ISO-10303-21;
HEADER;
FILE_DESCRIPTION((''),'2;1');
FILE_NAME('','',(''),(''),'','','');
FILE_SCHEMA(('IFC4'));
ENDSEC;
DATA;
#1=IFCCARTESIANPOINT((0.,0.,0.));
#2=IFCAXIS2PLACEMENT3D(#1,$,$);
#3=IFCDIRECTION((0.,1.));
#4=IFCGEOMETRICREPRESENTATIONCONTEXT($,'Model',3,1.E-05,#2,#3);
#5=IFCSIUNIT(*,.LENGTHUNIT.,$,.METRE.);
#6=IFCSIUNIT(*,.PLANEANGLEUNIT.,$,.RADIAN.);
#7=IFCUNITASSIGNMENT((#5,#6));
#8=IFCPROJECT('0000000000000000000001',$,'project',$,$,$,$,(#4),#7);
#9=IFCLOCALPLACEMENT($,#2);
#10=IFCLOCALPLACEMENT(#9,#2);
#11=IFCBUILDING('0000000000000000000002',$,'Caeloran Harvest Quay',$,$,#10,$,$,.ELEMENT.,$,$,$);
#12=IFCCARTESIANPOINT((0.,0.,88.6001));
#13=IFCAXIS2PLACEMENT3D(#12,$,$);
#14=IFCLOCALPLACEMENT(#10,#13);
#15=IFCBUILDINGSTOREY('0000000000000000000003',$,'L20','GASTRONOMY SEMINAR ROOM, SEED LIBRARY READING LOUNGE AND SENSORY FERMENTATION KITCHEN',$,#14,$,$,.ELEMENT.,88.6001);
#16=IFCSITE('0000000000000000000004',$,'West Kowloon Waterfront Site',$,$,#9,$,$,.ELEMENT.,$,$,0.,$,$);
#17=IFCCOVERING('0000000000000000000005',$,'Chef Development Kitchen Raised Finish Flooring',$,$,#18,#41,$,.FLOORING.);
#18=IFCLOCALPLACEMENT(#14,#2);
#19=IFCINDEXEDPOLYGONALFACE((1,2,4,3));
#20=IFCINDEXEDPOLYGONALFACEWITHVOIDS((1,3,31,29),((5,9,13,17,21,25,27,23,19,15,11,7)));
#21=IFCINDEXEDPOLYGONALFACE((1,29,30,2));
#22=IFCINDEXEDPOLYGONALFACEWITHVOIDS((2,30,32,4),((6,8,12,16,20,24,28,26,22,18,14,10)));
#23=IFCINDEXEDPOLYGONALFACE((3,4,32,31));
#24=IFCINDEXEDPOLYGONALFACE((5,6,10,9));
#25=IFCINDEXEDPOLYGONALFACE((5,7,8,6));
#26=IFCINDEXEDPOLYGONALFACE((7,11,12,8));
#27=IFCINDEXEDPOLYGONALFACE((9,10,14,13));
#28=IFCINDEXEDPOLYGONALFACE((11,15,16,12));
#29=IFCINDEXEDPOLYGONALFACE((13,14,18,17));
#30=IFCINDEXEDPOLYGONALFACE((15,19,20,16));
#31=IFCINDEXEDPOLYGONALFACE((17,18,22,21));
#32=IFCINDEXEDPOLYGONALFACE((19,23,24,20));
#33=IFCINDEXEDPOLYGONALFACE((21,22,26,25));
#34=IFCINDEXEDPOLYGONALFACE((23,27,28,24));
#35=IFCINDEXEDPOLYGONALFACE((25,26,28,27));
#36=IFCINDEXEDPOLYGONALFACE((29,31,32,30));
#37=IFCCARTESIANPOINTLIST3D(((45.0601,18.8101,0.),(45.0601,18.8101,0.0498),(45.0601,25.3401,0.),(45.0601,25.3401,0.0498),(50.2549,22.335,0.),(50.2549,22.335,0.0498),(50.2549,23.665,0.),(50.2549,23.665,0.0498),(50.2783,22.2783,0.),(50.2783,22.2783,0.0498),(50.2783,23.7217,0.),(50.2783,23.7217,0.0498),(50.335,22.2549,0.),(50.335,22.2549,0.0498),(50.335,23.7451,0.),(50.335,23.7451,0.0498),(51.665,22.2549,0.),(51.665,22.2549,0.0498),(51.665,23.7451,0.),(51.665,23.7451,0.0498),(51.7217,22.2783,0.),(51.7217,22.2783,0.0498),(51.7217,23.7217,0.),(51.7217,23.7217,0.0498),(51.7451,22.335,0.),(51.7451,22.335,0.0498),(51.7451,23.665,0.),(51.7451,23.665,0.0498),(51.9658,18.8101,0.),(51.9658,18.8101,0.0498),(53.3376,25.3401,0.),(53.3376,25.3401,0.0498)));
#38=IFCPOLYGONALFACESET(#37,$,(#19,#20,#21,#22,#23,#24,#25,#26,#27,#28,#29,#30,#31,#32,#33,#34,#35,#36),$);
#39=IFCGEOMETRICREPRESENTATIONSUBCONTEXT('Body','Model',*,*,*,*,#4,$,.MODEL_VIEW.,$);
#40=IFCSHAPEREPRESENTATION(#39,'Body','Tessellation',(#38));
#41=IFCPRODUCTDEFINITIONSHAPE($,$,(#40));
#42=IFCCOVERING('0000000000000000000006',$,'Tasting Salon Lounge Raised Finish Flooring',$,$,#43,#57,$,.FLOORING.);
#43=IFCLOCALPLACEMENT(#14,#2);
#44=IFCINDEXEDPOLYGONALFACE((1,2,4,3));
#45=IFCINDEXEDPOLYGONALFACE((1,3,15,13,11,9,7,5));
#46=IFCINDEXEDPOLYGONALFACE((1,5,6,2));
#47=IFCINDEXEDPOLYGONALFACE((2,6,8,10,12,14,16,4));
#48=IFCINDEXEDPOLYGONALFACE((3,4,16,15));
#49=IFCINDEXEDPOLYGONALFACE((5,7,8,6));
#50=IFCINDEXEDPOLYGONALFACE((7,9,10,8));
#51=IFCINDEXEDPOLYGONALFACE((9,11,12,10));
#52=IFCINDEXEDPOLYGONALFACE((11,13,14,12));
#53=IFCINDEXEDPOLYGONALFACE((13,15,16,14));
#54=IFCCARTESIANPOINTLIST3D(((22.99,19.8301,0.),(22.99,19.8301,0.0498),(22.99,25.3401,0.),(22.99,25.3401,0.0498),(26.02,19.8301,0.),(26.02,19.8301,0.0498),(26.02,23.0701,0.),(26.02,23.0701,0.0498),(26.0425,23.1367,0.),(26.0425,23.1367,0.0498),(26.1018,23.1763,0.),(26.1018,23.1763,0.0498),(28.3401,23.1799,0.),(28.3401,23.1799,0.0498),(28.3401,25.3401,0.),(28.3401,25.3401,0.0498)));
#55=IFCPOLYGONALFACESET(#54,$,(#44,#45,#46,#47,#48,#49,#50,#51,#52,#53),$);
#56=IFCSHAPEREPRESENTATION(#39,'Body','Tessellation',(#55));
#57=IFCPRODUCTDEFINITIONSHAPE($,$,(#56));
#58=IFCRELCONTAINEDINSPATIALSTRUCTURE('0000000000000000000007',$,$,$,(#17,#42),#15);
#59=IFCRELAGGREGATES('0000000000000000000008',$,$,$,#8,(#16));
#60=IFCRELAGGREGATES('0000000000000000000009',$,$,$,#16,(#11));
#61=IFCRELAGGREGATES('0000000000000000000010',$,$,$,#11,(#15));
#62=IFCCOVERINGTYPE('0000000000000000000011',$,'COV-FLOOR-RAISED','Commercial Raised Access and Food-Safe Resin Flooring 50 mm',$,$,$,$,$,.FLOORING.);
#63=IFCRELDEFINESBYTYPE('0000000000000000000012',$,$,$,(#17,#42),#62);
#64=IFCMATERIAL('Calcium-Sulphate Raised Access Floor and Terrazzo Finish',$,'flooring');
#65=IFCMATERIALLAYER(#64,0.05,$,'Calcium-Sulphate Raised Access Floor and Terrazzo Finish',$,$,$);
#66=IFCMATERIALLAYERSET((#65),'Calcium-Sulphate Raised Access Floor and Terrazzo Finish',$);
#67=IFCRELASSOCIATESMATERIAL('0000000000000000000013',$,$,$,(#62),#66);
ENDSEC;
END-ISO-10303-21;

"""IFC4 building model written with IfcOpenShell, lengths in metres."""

from ifc_helpers import new_model, si_unit, direction, frame, origin, place, context, subcontext, project, spatial, polyline, outline, extrude, material, layer, layer_set, type_object, element, save


model = new_model("IFC4")

# Units and contexts
model_context = context("Model", 3, precision=1e-05, world=origin(), true_north=direction((0.0, 1.0)))
body_context = subcontext(model_context, "Body", "Model", "MODEL_VIEW")
ifc_project = project(units=[si_unit("LENGTHUNIT", "METRE"), si_unit("PLANEANGLEUNIT", "RADIAN")], contexts=[model_context])

# Site, building, storey
site_placement = place(None, origin())
site = spatial("IfcSite", under=ifc_project, at=site_placement, Name="West Kowloon Waterfront Site", CompositionType="ELEMENT", RefElevation=0.0)
building_placement = place(site_placement, origin())
building = spatial("IfcBuilding", under=site, at=building_placement, Name="Caeloran Harvest Quay", CompositionType="ELEMENT")
storey_placement = place(building_placement, frame((0.0, 0.0, 88.6001)))
storey = spatial("IfcBuildingStorey", under=building, at=storey_placement, Name="L20", Description="GASTRONOMY SEMINAR ROOM, SEED LIBRARY READING LOUNGE AND SENSORY FERMENTATION KITCHEN", CompositionType="ELEMENT", Elevation=88.6001)

# Coverings
ifc_material_1 = material(Name="Calcium-Sulphate Raised Access Floor and Terrazzo Finish", Category="flooring")
ifc_layer_1 = layer(ifc_material_1, 0.05, Name="Calcium-Sulphate Raised Access Floor and Terrazzo Finish")
ifc_layer_set_1 = layer_set([ifc_layer_1], Name="Calcium-Sulphate Raised Access Floor and Terrazzo Finish")
covering_type_1 = type_object("IfcCoveringType", Name="COV-FLOOR-RAISED", Description="Commercial Raised Access and Food-Safe Resin Flooring 50 mm", PredefinedType="FLOORING", material=ifc_layer_set_1)
covering_1_placement = place(storey_placement, origin())
element("IfcCovering", 1, at=covering_1_placement, inside=storey, type_object=covering_type_1, Name="Chef Development Kitchen Raised Finish Flooring", PredefinedType="FLOORING", context=body_context, shape_type="SweptSolid", body=[
    extrude(outline(polyline([(51.9658, 18.8101), (45.0601, 18.8101), (45.0601, 25.3401), (53.3376, 25.3401), (51.9658, 18.8101)]), holes=[polyline([(51.7451, 23.665), (51.7217, 23.7217), (51.665, 23.7451), (50.335, 23.7451), (50.2783, 23.7217), (50.2549, 23.665), (50.2549, 22.335), (50.2783, 22.2783), (50.335, 22.2549), (51.665, 22.2549), (51.7217, 22.2783), (51.7451, 22.335), (51.7451, 23.665)])]), origin(), (0.0, 0.0, 1.0), 0.0498),
])
covering_2_placement = place(storey_placement, origin())
element("IfcCovering", 2, at=covering_2_placement, inside=storey, type_object=covering_type_1, Name="Tasting Salon Lounge Raised Finish Flooring", PredefinedType="FLOORING", context=body_context, shape_type="SweptSolid", body=[
    extrude(outline(polyline([(26.1018, 23.1763), (26.0425, 23.1367), (26.02, 23.0701), (26.02, 19.8301), (22.99, 19.8301), (22.99, 25.3401), (28.3401, 25.3401), (28.3401, 23.1799), (26.1018, 23.1763)])), origin(), (0.0, 0.0, 1.0), 0.0498),
])

save(model, "model.ifc")
